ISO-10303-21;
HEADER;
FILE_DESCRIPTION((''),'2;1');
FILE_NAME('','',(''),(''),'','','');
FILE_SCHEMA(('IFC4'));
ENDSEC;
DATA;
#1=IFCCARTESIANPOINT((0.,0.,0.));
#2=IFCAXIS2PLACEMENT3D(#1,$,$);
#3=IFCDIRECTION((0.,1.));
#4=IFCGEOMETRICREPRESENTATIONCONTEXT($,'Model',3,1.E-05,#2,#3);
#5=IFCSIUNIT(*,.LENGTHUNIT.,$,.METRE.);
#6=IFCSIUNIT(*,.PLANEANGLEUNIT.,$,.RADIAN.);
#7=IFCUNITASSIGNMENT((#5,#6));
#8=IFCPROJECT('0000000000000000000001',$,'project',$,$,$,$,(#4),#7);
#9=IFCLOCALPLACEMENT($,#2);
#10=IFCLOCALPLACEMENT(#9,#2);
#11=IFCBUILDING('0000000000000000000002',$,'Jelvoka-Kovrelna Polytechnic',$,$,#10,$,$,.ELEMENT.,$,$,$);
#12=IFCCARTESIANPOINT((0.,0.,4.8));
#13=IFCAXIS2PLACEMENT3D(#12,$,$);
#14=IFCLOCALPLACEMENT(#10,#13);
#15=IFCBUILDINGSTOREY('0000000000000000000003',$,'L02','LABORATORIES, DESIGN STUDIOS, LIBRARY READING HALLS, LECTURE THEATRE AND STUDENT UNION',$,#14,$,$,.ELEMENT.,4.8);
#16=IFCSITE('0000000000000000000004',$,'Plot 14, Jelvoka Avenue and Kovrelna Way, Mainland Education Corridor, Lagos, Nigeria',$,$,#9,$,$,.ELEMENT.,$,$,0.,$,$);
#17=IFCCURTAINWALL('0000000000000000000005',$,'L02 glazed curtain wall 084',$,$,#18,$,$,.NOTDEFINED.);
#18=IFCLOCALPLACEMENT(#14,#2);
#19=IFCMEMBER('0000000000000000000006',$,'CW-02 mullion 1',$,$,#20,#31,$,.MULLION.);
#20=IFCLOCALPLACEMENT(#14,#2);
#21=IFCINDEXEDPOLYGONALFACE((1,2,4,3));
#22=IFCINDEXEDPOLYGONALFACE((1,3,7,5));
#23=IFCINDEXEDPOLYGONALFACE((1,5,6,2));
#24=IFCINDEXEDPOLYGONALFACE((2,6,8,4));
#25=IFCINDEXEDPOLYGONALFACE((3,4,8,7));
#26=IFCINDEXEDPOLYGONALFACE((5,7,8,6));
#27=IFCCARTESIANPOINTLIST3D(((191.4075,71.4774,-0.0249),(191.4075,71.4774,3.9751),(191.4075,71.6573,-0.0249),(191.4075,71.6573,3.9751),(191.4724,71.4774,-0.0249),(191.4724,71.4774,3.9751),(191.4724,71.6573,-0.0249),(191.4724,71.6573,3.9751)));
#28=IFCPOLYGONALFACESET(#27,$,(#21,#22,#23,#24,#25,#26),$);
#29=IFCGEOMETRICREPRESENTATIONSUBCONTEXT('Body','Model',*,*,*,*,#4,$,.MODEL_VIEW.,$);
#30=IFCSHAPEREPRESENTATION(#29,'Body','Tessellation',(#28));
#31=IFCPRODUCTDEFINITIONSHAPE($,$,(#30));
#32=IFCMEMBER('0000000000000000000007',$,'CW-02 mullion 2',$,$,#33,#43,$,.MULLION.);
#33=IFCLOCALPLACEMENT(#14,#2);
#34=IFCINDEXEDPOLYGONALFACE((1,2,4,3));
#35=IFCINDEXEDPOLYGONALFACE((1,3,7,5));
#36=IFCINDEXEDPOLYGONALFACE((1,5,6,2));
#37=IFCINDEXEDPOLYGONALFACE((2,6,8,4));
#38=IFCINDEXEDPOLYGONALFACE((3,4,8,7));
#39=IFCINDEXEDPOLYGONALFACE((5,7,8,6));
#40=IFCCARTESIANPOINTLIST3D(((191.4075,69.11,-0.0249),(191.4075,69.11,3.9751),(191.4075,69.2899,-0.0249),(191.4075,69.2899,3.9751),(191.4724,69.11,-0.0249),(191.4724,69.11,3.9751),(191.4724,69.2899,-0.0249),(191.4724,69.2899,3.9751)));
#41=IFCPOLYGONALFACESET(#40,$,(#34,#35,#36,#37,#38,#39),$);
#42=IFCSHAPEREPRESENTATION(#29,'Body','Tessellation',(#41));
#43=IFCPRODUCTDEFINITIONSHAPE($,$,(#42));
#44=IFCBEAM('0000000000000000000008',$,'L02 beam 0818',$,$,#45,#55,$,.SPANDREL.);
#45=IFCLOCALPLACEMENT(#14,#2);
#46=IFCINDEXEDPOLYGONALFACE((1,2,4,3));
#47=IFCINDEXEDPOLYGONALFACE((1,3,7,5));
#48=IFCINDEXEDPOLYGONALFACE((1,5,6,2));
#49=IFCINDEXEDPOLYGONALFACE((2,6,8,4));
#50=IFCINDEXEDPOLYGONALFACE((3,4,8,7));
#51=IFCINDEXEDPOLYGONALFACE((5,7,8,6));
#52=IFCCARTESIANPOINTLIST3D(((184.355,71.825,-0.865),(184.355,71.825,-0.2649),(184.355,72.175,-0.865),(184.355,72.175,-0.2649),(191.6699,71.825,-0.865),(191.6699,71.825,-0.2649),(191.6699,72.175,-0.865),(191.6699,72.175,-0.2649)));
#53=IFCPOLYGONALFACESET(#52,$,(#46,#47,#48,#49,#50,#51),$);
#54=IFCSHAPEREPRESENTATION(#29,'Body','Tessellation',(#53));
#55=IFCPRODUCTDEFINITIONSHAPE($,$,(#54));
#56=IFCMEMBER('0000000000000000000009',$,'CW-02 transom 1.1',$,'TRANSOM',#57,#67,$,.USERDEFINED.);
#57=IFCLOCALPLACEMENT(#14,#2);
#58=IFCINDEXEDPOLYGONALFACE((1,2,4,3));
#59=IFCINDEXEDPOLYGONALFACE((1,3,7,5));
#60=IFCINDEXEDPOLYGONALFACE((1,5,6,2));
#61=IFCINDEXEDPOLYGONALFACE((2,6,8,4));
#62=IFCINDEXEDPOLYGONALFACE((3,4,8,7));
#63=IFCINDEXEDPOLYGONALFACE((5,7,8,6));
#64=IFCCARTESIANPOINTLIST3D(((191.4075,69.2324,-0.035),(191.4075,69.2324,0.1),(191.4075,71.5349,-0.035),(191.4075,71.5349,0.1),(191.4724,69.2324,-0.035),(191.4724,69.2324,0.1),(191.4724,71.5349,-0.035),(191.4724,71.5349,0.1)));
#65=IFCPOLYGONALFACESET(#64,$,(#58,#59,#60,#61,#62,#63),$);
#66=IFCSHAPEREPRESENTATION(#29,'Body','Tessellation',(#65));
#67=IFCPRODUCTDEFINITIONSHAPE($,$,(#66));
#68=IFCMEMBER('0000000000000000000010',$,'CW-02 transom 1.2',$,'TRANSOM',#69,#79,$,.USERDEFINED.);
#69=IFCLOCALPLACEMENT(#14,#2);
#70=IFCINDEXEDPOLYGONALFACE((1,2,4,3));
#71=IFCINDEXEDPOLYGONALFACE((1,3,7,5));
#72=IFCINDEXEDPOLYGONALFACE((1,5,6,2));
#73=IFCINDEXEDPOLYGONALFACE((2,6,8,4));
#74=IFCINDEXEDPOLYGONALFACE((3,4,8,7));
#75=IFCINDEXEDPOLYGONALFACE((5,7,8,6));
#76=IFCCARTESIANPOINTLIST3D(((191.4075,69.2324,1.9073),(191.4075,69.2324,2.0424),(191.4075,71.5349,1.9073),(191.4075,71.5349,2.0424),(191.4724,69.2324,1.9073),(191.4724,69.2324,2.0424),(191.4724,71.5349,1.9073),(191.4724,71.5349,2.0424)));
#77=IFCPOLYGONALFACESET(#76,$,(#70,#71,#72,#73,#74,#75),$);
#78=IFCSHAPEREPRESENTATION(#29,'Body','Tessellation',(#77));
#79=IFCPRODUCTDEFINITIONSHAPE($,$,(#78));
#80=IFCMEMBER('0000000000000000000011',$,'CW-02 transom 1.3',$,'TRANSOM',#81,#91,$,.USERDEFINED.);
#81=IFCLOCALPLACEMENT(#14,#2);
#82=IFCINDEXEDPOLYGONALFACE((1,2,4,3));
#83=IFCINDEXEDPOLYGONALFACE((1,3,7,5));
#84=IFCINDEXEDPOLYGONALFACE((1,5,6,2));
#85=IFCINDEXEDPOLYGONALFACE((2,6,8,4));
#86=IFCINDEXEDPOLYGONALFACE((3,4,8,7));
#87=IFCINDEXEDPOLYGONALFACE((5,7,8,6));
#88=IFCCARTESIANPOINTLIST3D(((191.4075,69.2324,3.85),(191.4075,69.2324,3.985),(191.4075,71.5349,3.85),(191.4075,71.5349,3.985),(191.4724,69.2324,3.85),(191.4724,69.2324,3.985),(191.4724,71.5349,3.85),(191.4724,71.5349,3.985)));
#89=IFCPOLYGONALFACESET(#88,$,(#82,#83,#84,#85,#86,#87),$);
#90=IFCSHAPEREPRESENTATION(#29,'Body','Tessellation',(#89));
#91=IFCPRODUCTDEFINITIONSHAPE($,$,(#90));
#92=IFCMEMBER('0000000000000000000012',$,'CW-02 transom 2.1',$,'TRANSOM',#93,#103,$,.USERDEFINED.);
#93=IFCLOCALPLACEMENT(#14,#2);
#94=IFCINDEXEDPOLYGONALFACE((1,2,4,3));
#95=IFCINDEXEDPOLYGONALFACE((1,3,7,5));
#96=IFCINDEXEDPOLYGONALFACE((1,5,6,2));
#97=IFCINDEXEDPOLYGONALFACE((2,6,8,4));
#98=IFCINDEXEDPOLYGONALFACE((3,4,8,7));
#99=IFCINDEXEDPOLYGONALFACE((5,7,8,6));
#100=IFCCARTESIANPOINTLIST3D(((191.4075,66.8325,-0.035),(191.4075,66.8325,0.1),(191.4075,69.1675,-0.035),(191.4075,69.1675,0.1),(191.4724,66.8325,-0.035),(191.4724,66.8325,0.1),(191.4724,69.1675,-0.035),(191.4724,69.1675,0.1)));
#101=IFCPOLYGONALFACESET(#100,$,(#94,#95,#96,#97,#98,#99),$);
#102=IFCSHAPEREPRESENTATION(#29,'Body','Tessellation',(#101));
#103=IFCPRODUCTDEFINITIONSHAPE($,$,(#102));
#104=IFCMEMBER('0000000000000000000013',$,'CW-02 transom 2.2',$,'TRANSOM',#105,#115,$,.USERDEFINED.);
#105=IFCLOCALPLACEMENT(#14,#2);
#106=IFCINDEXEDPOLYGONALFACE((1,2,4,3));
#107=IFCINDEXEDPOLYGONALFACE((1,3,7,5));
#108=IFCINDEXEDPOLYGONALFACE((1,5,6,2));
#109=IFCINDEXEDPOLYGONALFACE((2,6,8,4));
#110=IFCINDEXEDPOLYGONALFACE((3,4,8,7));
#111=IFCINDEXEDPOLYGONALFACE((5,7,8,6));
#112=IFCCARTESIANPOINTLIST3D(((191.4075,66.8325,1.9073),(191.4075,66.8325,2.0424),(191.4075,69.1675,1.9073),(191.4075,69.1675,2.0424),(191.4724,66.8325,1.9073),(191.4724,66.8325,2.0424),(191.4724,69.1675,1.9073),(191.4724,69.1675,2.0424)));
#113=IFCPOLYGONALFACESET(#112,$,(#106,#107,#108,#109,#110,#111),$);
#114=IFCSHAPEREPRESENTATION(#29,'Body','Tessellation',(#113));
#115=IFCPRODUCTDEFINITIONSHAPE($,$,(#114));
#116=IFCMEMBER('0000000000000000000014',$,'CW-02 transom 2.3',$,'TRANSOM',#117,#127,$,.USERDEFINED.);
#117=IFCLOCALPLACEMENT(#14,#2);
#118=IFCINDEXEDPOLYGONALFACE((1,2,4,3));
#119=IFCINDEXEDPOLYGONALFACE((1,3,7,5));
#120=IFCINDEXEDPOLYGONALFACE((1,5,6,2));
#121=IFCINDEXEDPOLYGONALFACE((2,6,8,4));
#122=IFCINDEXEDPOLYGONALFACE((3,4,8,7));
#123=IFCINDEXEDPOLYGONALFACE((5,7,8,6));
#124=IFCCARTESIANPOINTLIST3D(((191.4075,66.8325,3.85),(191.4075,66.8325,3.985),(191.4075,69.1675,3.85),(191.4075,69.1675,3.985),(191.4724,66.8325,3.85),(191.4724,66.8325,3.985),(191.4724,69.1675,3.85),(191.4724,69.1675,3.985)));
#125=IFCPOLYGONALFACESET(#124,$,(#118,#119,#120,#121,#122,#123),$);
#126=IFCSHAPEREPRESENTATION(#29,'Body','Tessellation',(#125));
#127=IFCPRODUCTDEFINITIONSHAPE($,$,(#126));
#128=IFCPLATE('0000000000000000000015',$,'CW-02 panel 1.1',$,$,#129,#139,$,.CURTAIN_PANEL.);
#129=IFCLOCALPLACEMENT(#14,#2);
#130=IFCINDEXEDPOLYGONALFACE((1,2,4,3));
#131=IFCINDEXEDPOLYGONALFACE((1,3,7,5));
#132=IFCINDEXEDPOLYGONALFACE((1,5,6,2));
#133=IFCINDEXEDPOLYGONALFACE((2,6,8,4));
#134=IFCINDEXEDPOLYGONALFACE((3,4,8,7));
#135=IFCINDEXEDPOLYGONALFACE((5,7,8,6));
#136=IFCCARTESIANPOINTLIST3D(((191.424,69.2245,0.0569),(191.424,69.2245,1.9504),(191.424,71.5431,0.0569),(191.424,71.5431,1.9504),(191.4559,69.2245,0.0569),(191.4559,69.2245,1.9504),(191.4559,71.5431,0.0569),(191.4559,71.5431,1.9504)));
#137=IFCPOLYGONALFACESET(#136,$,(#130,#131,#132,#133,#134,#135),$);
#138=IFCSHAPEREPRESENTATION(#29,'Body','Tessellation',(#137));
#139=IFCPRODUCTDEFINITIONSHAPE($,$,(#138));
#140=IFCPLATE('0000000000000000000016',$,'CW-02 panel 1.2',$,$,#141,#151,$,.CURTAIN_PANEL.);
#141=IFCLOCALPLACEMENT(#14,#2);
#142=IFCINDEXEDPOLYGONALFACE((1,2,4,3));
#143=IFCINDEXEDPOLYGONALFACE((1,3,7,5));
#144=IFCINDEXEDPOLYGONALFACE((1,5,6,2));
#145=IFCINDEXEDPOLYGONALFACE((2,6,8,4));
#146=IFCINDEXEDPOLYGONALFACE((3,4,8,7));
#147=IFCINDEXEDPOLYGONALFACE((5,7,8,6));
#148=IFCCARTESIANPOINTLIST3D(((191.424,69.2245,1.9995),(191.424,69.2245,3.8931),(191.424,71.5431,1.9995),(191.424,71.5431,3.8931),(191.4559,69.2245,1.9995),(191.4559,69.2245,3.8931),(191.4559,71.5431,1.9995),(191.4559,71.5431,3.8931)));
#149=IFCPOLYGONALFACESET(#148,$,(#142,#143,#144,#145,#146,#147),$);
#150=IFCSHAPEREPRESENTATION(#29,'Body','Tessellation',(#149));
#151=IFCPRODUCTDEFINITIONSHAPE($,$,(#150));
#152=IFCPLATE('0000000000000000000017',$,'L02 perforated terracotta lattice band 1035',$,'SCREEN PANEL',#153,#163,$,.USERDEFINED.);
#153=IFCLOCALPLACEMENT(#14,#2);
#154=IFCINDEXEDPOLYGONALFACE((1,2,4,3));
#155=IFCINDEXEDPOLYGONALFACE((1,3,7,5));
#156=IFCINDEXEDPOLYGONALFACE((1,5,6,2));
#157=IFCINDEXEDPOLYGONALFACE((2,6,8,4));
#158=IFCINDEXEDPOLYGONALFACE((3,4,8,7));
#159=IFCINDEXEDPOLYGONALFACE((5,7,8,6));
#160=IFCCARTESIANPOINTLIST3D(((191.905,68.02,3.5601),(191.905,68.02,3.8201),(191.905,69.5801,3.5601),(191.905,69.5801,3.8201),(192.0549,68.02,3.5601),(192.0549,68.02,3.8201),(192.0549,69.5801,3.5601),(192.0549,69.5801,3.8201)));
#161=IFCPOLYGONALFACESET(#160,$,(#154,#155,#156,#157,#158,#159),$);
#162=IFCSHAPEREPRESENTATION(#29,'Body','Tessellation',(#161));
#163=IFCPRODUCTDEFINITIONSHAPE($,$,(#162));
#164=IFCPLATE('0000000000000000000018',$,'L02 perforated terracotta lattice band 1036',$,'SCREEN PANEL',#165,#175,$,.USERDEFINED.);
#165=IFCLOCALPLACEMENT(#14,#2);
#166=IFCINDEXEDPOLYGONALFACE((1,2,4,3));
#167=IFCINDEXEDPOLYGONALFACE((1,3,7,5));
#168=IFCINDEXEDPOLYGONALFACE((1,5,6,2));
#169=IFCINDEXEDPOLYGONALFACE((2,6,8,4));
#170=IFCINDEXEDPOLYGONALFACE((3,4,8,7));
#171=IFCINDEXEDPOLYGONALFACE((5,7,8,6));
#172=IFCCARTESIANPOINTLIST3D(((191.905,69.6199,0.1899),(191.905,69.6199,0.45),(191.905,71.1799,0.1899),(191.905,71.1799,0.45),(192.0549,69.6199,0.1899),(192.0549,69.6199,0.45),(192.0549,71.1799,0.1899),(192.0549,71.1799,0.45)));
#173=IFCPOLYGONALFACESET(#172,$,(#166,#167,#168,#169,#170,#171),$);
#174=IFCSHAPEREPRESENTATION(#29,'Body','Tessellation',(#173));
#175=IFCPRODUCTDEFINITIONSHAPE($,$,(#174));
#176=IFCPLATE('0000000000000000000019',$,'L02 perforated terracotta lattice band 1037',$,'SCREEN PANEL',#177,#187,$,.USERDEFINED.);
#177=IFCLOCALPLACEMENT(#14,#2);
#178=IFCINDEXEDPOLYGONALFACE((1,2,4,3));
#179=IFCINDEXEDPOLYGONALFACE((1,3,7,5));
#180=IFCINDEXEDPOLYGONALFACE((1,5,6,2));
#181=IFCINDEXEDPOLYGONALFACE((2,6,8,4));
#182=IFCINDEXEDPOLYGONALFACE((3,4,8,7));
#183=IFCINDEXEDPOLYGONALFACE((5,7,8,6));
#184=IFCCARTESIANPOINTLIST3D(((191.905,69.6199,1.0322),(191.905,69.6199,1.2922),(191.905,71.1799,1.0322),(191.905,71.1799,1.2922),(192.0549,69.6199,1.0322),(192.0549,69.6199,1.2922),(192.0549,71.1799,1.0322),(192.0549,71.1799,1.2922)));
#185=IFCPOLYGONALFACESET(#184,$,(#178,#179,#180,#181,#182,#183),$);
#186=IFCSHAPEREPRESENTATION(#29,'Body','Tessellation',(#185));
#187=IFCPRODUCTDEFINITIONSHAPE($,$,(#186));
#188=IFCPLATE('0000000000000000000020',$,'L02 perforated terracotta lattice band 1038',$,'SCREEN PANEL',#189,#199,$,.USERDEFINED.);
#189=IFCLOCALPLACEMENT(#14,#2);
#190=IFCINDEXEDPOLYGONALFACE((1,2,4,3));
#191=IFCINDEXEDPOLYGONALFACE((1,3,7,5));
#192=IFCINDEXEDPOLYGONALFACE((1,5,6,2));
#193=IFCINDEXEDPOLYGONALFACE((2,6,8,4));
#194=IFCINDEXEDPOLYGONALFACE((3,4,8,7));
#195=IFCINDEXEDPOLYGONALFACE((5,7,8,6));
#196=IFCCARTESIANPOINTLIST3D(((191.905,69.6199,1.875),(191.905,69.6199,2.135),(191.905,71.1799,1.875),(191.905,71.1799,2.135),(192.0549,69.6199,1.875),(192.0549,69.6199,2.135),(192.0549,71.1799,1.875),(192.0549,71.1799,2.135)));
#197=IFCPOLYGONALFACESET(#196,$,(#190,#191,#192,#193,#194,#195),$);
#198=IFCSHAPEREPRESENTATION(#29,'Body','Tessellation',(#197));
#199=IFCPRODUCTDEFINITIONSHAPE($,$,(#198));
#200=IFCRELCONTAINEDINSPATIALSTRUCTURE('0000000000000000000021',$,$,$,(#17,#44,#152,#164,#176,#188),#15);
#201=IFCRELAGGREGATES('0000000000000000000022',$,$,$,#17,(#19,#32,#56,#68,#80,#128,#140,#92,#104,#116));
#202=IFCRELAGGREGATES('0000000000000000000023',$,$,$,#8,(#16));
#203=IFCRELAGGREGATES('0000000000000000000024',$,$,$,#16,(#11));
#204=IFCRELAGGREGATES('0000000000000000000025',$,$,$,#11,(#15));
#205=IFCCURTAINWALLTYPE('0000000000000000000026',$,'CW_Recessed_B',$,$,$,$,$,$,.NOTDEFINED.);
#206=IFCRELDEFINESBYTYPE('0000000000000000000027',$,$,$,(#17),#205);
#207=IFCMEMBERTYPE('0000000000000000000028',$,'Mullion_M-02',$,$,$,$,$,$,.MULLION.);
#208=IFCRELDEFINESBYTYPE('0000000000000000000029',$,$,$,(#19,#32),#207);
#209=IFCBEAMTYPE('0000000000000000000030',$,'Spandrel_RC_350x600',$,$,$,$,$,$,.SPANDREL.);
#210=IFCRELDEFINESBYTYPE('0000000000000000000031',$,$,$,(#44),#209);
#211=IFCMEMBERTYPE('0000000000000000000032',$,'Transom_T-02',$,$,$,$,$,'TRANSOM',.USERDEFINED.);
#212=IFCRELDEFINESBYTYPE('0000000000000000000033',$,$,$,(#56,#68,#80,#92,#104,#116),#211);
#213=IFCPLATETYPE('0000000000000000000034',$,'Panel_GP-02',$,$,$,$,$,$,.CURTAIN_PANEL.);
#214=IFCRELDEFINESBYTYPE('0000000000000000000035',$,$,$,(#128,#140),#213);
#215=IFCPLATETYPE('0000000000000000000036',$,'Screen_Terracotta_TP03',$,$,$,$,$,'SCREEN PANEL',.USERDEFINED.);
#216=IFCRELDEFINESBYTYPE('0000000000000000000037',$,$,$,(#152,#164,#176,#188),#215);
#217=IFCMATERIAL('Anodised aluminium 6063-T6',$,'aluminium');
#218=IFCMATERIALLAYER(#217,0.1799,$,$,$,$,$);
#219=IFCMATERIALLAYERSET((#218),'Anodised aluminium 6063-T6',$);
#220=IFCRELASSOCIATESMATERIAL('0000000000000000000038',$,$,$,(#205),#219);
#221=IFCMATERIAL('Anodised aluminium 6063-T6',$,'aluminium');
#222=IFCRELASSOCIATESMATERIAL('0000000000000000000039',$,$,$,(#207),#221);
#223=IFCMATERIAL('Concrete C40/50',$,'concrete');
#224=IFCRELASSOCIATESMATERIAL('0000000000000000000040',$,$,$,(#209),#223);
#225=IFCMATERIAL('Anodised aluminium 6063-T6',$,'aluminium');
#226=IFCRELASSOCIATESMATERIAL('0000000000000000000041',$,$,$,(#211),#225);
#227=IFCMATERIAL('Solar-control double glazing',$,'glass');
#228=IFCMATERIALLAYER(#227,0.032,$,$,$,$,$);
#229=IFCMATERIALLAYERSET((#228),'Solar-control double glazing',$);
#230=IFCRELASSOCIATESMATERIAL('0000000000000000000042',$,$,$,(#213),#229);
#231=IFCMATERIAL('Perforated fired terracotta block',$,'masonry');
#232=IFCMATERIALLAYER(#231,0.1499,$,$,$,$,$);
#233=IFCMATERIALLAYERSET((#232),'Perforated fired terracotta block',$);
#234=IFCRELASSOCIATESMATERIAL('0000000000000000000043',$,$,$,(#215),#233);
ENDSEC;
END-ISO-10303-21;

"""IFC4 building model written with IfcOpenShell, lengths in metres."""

from ifc_helpers import new_model, si_unit, direction, frame, origin, origin_2d, place, context, subcontext, project, spatial, rectangle, extrude, material, layer, layer_set, material_profile, profile_set, type_object, element, aggregate, save


model = new_model("IFC4")

# Units and contexts
model_context = context("Model", 3, precision=1e-05, world=origin(), true_north=direction((0.0, 1.0)))
body_context = subcontext(model_context, "Body", "Model", "MODEL_VIEW")
ifc_project = project(units=[si_unit("LENGTHUNIT", "METRE"), si_unit("PLANEANGLEUNIT", "RADIAN")], contexts=[model_context])

# Site, building, storey
site_placement = place(None, origin())
site = spatial("IfcSite", under=ifc_project, at=site_placement, Name="Plot 14, Jelvoka Avenue and Kovrelna Way, Mainland Education Corridor, Lagos, Nigeria", CompositionType="ELEMENT", RefElevation=0.0)
building_placement = place(site_placement, origin())
building = spatial("IfcBuilding", under=site, at=building_placement, Name="Jelvoka-Kovrelna Polytechnic", CompositionType="ELEMENT")
storey_placement = place(building_placement, frame((0.0, 0.0, 4.8)))
storey = spatial("IfcBuildingStorey", under=building, at=storey_placement, Name="L02", Description="LABORATORIES, DESIGN STUDIOS, LIBRARY READING HALLS, LECTURE THEATRE AND STUDENT UNION", CompositionType="ELEMENT", Elevation=4.8)

# Curtain wall, members
ifc_material_1 = material(Name="Anodised aluminium 6063-T6", Category="aluminium")
ifc_layer_1 = layer(ifc_material_1, 0.1799)
ifc_layer_set_1 = layer_set([ifc_layer_1], Name="Anodised aluminium 6063-T6")
curtain_wall_type = type_object("IfcCurtainWallType", Name="CW_Recessed_B", PredefinedType="NOTDEFINED", material=ifc_layer_set_1)
curtain_wall_placement = place(storey_placement, origin())
curtain_wall = element("IfcCurtainWall", 1, at=curtain_wall_placement, inside=storey, type_object=curtain_wall_type, Name="L02 glazed curtain wall 084", PredefinedType="NOTDEFINED")
ifc_material_2 = material(Name="Anodised aluminium 6063-T6", Category="aluminium")
ifc_material_profile_1 = material_profile(ifc_material_2, rectangle(XDim=0.0649, YDim=0.1799, at=origin_2d()), Name="ALU 65x180")
ifc_profile_set_1 = profile_set([ifc_material_profile_1], Name="Anodised aluminium 6063-T6")
member_type_1 = type_object("IfcMemberType", Name="Mullion_M-02", PredefinedType="MULLION", material=ifc_profile_set_1)
member_1_placement = place(storey_placement, frame((191.4399, 71.5674, -0.0249), z_axis=(0.0, 0.0, 1.0), x_axis=(1.0, 0.0, 0.0)))
member_1 = element("IfcMember", 2, at=member_1_placement, type_object=member_type_1, Name="CW-02 mullion 1", PredefinedType="MULLION", context=body_context, shape_type="SweptSolid", body=[
    extrude(rectangle(XDim=0.0649, YDim=0.1799, at=origin_2d()), origin(), (0.0, 0.0, 1.0), 4.0),
])
member_2_placement = place(storey_placement, frame((191.4399, 69.2, -0.0249), z_axis=(0.0, 0.0, 1.0), x_axis=(1.0, 0.0, 0.0)))
member_2 = element("IfcMember", 3, at=member_2_placement, type_object=member_type_1, Name="CW-02 mullion 2", PredefinedType="MULLION", context=body_context, shape_type="SweptSolid", body=[
    extrude(rectangle(XDim=0.0649, YDim=0.1799, at=origin_2d()), origin(), (0.0, 0.0, 1.0), 4.0),
])

# Beam
ifc_material_3 = material(Name="Concrete C40/50", Category="concrete")
ifc_material_profile_2 = material_profile(ifc_material_3, rectangle(XDim=0.3501, YDim=0.6001, at=origin_2d()), Name="RC 350x600")
ifc_profile_set_2 = profile_set([ifc_material_profile_2], Name="Concrete C40/50")
beam_type = type_object("IfcBeamType", Name="Spandrel_RC_350x600", PredefinedType="SPANDREL", material=ifc_profile_set_2)
beam_placement = place(storey_placement, frame((184.355, 72.0, -0.5649), z_axis=(1.0, 0.0, 0.0), x_axis=(0.0, 1.0, 0.0)))
element("IfcBeam", 4, at=beam_placement, inside=storey, type_object=beam_type, Name="L02 beam 0818", PredefinedType="SPANDREL", context=body_context, shape_type="SweptSolid", body=[
    extrude(rectangle(XDim=0.3501, YDim=0.6001, at=origin_2d()), origin(), (0.0, 0.0, 1.0), 7.3149),
])

# Members
ifc_material_4 = material(Name="Anodised aluminium 6063-T6", Category="aluminium")
ifc_material_profile_3 = material_profile(ifc_material_4, rectangle(XDim=0.0649, YDim=0.135, at=origin_2d()), Name="ALU 65x135")
ifc_profile_set_3 = profile_set([ifc_material_profile_3], Name="Anodised aluminium 6063-T6")
member_type_2 = type_object("IfcMemberType", Name="Transom_T-02", ElementType="TRANSOM", PredefinedType="USERDEFINED", material=ifc_profile_set_3)
member_3_placement = place(storey_placement, frame((191.4399, 71.5349, 0.0325), z_axis=(0.0, -1.0, 0.0), x_axis=(1.0, 0.0, 0.0)))
member_3 = element("IfcMember", 5, at=member_3_placement, type_object=member_type_2, Name="CW-02 transom 1.1", ObjectType="TRANSOM", PredefinedType="USERDEFINED", context=body_context, shape_type="SweptSolid", body=[
    extrude(rectangle(XDim=0.0649, YDim=0.135, at=origin_2d()), origin(), (0.0, 0.0, 1.0), 2.3025),
])
member_4_placement = place(storey_placement, frame((191.4399, 71.5349, 1.9749), z_axis=(0.0, -1.0, 0.0), x_axis=(1.0, 0.0, 0.0)))
member_4 = element("IfcMember", 6, at=member_4_placement, type_object=member_type_2, Name="CW-02 transom 1.2", ObjectType="TRANSOM", PredefinedType="USERDEFINED", context=body_context, shape_type="SweptSolid", body=[
    extrude(rectangle(XDim=0.0649, YDim=0.135, at=origin_2d()), origin(), (0.0, 0.0, 1.0), 2.3025),
])
member_5_placement = place(storey_placement, frame((191.4399, 71.5349, 3.9175), z_axis=(0.0, -1.0, 0.0), x_axis=(1.0, 0.0, 0.0)))
member_5 = element("IfcMember", 7, at=member_5_placement, type_object=member_type_2, Name="CW-02 transom 1.3", ObjectType="TRANSOM", PredefinedType="USERDEFINED", context=body_context, shape_type="SweptSolid", body=[
    extrude(rectangle(XDim=0.0649, YDim=0.135, at=origin_2d()), origin(), (0.0, 0.0, 1.0), 2.3025),
])
member_6_placement = place(storey_placement, frame((191.4399, 69.1675, 0.0325), z_axis=(0.0, -1.0, 0.0), x_axis=(1.0, 0.0, 0.0)))
member_6 = element("IfcMember", 8, at=member_6_placement, type_object=member_type_2, Name="CW-02 transom 2.1", ObjectType="TRANSOM", PredefinedType="USERDEFINED", context=body_context, shape_type="SweptSolid", body=[
    extrude(rectangle(XDim=0.0649, YDim=0.135, at=origin_2d()), origin(), (0.0, 0.0, 1.0), 2.335),
])
member_7_placement = place(storey_placement, frame((191.4399, 69.1675, 1.9749), z_axis=(0.0, -1.0, 0.0), x_axis=(1.0, 0.0, 0.0)))
member_7 = element("IfcMember", 9, at=member_7_placement, type_object=member_type_2, Name="CW-02 transom 2.2", ObjectType="TRANSOM", PredefinedType="USERDEFINED", context=body_context, shape_type="SweptSolid", body=[
    extrude(rectangle(XDim=0.0649, YDim=0.135, at=origin_2d()), origin(), (0.0, 0.0, 1.0), 2.335),
])
member_8_placement = place(storey_placement, frame((191.4399, 69.1675, 3.9175), z_axis=(0.0, -1.0, 0.0), x_axis=(1.0, 0.0, 0.0)))
member_8 = element("IfcMember", 10, at=member_8_placement, type_object=member_type_2, Name="CW-02 transom 2.3", ObjectType="TRANSOM", PredefinedType="USERDEFINED", context=body_context, shape_type="SweptSolid", body=[
    extrude(rectangle(XDim=0.0649, YDim=0.135, at=origin_2d()), origin(), (0.0, 0.0, 1.0), 2.335),
])

# Plates
ifc_material_5 = material(Name="Solar-control double glazing", Category="glass")
ifc_layer_2 = layer(ifc_material_5, 0.032)
ifc_layer_set_2 = layer_set([ifc_layer_2], Name="Solar-control double glazing")
plate_type_1 = type_object("IfcPlateType", Name="Panel_GP-02", PredefinedType="CURTAIN_PANEL", material=ifc_layer_set_2)
plate_1_placement = place(storey_placement, frame((191.4399, 70.3838, 0.0569), z_axis=(0.0, 0.0, 1.0), x_axis=(0.0, -1.0, 0.0)))
plate_1 = element("IfcPlate", 11, at=plate_1_placement, type_object=plate_type_1, Name="CW-02 panel 1.1", PredefinedType="CURTAIN_PANEL", context=body_context, shape_type="SweptSolid", body=[
    extrude(rectangle(XDim=2.3186, YDim=0.032, at=origin_2d()), origin(), (0.0, 0.0, 1.0), 1.8936),
])
plate_2_placement = place(storey_placement, frame((191.4399, 70.3838, 1.9995), z_axis=(0.0, 0.0, 1.0), x_axis=(0.0, -1.0, 0.0)))
plate_2 = element("IfcPlate", 12, at=plate_2_placement, type_object=plate_type_1, Name="CW-02 panel 1.2", PredefinedType="CURTAIN_PANEL", context=body_context, shape_type="SweptSolid", body=[
    extrude(rectangle(XDim=2.3186, YDim=0.032, at=origin_2d()), origin(), (0.0, 0.0, 1.0), 1.8936),
])
aggregate(curtain_wall, [member_1, member_2, member_3, member_4, member_5, plate_1, plate_2, member_6, member_7, member_8])

# Plates
ifc_material_6 = material(Name="Perforated fired terracotta block", Category="masonry")
ifc_layer_3 = layer(ifc_material_6, 0.1499)
ifc_layer_set_3 = layer_set([ifc_layer_3], Name="Perforated fired terracotta block")
plate_type_2 = type_object("IfcPlateType", Name="Screen_Terracotta_TP03", ElementType="SCREEN PANEL", PredefinedType="USERDEFINED", material=ifc_layer_set_3)
for number, where, z_axis, x_axis, name in (
    (13, (191.98, 68.8, 3.5601), (0.0, 0.0, 1.0), (0.0, 1.0, 0.0), "L02 perforated terracotta lattice band 1035"),
    (14, (191.98, 70.3999, 0.1899), (0.0, 0.0, 1.0), (0.0, 1.0, 0.0), "L02 perforated terracotta lattice band 1036"),
    (15, (191.98, 70.3999, 1.0322), (0.0, 0.0, 1.0), (0.0, 1.0, 0.0), "L02 perforated terracotta lattice band 1037"),
    (16, (191.98, 70.3999, 1.875), (0.0, 0.0, 1.0), (0.0, 1.0, 0.0), "L02 perforated terracotta lattice band 1038"),
):
    element("IfcPlate", number, at=place(storey_placement, frame(where, z_axis=z_axis, x_axis=x_axis)), inside=storey, type_object=plate_type_2, Name=name, ObjectType="SCREEN PANEL", PredefinedType="USERDEFINED", context=body_context, shape_type="SweptSolid", body=[
        extrude(rectangle(XDim=1.5601, YDim=0.1499, at=origin_2d()), origin(), (0.0, 0.0, 1.0), 0.26),
    ])

save(model, "model.ifc")
